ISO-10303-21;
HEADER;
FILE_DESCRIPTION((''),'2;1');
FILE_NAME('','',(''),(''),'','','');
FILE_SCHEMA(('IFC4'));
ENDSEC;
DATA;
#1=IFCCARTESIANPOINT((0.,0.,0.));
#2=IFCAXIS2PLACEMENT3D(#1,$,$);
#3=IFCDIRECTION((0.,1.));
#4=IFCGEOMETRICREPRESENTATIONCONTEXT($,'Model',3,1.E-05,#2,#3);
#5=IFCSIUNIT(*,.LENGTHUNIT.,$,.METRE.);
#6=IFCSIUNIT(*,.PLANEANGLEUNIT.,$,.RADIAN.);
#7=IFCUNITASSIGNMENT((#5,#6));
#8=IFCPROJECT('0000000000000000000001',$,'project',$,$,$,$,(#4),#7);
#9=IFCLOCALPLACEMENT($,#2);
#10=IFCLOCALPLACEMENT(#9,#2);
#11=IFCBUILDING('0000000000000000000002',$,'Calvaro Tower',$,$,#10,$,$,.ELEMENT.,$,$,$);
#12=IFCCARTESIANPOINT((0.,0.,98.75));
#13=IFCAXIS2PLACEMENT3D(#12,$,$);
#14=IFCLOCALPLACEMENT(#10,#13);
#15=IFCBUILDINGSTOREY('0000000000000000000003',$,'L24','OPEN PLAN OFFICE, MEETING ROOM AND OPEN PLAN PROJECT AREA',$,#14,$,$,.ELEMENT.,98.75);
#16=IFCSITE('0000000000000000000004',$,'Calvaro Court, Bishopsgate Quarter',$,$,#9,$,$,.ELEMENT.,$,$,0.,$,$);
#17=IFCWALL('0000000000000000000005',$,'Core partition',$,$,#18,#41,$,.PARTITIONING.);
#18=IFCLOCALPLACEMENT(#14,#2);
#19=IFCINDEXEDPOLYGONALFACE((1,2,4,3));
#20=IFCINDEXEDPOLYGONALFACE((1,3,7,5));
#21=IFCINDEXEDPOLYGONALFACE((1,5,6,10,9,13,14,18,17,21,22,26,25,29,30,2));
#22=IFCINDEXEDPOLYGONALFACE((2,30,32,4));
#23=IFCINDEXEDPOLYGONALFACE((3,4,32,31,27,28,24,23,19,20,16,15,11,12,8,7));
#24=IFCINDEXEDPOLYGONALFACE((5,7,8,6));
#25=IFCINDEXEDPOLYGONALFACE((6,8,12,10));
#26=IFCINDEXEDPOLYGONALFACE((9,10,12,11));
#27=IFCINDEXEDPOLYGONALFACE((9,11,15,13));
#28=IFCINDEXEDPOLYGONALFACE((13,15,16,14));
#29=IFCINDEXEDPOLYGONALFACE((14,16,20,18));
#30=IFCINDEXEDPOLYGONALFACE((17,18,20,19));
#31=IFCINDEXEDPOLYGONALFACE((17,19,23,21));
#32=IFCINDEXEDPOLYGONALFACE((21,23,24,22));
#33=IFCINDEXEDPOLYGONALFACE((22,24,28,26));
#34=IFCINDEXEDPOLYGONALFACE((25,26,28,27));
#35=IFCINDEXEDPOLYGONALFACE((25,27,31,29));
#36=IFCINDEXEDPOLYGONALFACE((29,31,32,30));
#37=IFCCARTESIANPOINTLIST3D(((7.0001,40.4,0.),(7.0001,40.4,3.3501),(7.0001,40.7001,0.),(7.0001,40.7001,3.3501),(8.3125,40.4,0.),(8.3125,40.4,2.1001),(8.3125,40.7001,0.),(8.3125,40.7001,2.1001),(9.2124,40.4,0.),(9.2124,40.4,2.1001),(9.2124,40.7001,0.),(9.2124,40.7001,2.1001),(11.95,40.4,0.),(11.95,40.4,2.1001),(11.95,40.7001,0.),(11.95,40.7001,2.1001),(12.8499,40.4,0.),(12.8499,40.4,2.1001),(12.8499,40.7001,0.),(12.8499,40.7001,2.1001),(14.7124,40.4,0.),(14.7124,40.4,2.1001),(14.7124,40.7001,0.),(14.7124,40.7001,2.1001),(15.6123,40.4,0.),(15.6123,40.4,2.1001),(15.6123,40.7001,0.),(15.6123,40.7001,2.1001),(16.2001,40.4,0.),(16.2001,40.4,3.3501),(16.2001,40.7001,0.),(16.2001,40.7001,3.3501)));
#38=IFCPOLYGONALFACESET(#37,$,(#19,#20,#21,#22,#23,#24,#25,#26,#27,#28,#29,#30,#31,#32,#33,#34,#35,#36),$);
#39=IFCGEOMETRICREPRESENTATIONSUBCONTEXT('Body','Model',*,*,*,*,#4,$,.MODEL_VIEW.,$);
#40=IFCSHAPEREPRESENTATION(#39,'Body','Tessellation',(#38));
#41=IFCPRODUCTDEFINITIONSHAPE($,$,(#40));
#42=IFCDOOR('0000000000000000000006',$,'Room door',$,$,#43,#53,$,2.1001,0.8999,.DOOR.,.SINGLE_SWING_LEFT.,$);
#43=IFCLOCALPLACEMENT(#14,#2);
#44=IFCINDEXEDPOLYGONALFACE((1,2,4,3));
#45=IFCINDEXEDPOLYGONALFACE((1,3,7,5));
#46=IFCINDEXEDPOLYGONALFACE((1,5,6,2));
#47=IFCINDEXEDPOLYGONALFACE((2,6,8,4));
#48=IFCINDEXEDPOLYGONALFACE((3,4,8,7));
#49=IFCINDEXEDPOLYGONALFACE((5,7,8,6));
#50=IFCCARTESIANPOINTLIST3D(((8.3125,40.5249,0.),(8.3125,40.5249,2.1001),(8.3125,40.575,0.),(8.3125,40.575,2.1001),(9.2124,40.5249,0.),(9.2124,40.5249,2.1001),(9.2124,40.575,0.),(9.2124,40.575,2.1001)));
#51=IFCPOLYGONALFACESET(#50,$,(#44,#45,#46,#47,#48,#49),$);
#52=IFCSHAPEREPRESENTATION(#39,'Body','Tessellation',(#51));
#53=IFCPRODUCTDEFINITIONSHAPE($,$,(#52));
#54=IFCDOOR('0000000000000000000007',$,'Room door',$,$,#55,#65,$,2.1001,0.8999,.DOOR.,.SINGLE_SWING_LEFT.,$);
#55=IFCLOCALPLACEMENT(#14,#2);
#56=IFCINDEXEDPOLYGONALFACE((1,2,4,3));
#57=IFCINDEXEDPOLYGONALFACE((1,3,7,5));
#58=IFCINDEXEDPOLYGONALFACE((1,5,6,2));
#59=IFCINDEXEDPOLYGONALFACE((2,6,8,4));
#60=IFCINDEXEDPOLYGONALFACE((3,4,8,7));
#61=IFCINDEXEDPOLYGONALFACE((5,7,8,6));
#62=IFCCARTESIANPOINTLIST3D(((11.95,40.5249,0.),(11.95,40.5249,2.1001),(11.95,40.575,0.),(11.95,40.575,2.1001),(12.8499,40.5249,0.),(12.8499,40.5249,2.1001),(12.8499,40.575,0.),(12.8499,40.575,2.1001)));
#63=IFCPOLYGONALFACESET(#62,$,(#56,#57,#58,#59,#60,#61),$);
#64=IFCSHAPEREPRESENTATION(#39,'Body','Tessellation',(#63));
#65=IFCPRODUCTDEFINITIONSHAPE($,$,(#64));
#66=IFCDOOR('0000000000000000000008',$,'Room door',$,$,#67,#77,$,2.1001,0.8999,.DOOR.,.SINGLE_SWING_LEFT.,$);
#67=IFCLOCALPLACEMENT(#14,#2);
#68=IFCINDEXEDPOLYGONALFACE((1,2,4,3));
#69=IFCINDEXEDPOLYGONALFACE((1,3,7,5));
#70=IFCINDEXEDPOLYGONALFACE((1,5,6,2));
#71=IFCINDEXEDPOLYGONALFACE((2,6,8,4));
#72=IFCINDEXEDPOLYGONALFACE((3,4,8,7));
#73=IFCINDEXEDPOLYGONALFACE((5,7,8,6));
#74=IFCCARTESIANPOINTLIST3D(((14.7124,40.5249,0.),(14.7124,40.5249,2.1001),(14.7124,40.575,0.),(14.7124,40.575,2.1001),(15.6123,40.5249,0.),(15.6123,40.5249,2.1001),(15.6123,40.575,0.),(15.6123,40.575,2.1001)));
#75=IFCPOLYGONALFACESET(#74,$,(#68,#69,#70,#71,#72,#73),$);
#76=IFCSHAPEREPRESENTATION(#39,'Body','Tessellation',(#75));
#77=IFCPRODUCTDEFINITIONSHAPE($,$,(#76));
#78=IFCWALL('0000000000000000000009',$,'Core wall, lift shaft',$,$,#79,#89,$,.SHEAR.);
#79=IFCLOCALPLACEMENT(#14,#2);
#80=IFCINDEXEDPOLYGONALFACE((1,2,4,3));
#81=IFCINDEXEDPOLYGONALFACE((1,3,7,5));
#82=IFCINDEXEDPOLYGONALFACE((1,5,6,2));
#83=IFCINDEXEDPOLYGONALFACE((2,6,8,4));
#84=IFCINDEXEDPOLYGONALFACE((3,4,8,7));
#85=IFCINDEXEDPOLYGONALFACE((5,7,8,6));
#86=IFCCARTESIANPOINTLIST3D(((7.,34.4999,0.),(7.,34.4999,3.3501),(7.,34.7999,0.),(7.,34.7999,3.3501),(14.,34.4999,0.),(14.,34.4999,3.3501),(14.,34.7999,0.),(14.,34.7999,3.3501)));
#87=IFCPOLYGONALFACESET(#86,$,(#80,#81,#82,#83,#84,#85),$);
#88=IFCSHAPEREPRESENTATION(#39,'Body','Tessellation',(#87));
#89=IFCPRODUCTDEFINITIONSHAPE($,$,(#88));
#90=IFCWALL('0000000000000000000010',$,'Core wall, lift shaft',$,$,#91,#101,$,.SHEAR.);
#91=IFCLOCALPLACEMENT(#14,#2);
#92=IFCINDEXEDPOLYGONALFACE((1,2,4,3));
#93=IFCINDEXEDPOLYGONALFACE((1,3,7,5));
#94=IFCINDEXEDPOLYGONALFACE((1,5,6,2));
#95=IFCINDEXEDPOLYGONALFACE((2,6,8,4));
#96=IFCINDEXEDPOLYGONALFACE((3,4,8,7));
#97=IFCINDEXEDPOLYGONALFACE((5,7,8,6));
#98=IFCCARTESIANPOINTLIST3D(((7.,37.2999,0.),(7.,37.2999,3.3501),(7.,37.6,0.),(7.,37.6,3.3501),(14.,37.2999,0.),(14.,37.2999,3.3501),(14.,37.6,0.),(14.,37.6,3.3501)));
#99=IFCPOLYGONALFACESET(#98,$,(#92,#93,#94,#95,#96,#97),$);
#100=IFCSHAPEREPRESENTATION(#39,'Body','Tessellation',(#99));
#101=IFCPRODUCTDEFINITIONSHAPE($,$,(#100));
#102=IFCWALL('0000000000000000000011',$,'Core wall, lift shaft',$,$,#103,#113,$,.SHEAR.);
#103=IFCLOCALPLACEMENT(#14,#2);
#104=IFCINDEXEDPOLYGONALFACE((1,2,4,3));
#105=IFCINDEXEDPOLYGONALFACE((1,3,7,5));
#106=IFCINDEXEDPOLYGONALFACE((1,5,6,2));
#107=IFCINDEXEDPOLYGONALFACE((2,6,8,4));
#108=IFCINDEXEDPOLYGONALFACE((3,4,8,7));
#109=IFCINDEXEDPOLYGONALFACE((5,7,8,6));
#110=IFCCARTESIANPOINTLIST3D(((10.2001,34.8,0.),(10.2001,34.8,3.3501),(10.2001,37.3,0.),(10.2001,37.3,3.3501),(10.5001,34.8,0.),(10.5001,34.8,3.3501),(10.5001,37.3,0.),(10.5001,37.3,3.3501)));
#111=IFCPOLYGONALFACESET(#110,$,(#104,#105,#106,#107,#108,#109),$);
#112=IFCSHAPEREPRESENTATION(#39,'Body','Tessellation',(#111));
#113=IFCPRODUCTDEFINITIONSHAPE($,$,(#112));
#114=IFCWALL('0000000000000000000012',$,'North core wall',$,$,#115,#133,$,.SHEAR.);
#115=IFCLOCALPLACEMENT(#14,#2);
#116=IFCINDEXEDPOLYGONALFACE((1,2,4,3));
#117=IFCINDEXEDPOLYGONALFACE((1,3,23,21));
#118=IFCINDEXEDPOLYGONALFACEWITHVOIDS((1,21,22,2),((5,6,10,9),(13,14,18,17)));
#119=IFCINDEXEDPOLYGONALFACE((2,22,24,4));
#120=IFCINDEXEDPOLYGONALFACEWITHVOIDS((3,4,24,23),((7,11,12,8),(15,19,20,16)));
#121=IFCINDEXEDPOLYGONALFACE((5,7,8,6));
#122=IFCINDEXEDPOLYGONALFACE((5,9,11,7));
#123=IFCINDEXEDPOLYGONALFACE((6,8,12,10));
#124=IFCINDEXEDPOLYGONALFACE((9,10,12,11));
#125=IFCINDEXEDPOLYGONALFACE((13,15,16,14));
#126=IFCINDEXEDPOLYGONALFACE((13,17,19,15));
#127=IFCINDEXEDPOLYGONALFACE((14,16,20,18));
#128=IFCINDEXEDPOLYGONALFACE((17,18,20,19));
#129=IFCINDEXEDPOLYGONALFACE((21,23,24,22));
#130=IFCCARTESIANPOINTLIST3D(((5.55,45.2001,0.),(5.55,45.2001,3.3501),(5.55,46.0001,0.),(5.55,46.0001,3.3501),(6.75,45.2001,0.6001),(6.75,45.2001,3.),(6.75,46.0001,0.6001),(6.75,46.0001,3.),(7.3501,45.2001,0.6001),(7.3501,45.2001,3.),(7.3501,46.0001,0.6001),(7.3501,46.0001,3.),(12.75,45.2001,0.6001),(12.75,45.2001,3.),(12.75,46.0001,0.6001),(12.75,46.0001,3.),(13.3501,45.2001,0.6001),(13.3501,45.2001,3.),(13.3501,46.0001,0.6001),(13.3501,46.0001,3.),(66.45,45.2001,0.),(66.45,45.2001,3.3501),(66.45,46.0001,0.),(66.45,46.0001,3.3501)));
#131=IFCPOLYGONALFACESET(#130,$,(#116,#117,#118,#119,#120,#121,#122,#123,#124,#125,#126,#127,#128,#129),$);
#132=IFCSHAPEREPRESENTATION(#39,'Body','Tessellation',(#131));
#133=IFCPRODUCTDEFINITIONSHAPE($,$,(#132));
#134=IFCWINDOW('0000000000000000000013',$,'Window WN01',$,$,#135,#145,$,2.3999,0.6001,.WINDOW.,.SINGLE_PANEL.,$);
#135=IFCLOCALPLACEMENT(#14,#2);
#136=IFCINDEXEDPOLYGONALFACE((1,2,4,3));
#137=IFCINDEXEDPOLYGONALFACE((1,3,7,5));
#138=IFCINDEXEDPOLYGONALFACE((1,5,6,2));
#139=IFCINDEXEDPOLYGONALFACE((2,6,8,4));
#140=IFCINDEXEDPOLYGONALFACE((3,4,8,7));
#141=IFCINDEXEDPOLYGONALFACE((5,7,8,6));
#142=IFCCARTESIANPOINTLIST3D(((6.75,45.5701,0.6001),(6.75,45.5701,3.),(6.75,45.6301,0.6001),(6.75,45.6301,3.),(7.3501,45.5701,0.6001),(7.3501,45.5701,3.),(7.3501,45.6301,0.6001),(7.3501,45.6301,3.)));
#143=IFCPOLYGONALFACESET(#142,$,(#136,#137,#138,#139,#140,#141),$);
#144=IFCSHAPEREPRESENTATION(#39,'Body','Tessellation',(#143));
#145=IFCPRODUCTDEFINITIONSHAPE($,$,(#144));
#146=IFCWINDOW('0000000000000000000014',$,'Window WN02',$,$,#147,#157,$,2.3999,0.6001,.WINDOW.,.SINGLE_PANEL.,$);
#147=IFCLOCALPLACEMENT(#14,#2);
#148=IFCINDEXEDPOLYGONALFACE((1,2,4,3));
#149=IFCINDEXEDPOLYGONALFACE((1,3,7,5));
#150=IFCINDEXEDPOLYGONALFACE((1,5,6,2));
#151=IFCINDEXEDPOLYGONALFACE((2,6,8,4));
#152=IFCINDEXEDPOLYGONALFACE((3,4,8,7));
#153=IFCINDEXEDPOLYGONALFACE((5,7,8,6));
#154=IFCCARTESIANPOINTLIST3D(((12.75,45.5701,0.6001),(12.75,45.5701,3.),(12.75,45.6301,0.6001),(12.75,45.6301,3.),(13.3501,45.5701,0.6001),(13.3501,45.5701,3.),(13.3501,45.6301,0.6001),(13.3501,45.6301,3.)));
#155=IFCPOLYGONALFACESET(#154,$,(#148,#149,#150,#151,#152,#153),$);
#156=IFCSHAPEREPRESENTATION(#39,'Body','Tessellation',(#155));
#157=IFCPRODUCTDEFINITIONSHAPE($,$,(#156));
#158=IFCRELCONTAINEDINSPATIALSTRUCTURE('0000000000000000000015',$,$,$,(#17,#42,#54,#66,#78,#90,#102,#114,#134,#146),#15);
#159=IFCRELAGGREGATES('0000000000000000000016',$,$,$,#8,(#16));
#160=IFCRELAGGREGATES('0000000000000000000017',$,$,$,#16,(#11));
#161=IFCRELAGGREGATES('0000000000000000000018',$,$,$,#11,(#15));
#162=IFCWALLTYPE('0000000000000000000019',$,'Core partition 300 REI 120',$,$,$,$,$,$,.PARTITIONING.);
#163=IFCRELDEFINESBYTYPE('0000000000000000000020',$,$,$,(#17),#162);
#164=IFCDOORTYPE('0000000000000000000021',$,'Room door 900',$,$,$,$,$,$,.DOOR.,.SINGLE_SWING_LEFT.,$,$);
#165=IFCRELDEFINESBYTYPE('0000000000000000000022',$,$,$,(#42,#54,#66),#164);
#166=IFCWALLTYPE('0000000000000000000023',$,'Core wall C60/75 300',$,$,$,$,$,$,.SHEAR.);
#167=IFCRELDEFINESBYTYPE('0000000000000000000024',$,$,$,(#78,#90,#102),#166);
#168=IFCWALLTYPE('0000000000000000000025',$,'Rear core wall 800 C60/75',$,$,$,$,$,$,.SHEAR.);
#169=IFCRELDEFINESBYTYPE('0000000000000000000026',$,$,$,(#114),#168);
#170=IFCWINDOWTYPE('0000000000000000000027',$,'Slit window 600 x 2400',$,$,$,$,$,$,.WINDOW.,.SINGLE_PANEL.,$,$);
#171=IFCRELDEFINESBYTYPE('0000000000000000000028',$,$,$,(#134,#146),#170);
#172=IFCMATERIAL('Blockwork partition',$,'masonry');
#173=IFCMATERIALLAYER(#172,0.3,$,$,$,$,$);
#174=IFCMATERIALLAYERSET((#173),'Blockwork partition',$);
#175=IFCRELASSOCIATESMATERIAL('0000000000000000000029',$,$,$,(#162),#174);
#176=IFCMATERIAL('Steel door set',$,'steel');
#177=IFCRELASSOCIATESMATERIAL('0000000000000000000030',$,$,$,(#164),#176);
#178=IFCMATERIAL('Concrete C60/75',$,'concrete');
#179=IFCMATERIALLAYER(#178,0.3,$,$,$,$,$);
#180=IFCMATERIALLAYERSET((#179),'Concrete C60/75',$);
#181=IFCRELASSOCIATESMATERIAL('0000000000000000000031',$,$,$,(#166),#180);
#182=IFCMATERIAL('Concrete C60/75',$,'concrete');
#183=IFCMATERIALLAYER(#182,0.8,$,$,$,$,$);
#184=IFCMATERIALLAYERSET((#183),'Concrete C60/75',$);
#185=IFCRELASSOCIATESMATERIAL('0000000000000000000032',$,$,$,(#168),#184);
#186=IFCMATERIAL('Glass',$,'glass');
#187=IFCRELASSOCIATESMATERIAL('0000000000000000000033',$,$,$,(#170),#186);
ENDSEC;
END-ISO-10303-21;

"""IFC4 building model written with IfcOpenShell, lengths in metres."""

from ifc_helpers import new_model, si_unit, direction, frame, frame_2d, origin, place, context, subcontext, project, spatial, rectangle, extrude, material, layer, layer_set, type_object, element, fill, save


model = new_model("IFC4")

# Units and contexts
model_context = context("Model", 3, precision=1e-05, world=origin(), true_north=direction((0.0, 1.0)))
body_context = subcontext(model_context, "Body", "Model", "MODEL_VIEW")
ifc_project = project(units=[si_unit("LENGTHUNIT", "METRE"), si_unit("PLANEANGLEUNIT", "RADIAN")], contexts=[model_context])

# Site, building, storey
site_placement = place(None, origin())
site = spatial("IfcSite", under=ifc_project, at=site_placement, Name="Calvaro Court, Bishopsgate Quarter", CompositionType="ELEMENT", RefElevation=0.0)
building_placement = place(site_placement, origin())
building = spatial("IfcBuilding", under=site, at=building_placement, Name="Calvaro Tower", CompositionType="ELEMENT")
storey_placement = place(building_placement, frame((0.0, 0.0, 98.75)))
storey = spatial("IfcBuildingStorey", under=building, at=storey_placement, Name="L24", Description="OPEN PLAN OFFICE, MEETING ROOM AND OPEN PLAN PROJECT AREA", CompositionType="ELEMENT", Elevation=98.75)

# Wall, openings, doors
ifc_material_1 = material(Name="Blockwork partition", Category="masonry")
ifc_layer_1 = layer(ifc_material_1, 0.3)
ifc_layer_set_1 = layer_set([ifc_layer_1], Name="Blockwork partition")
wall_type_1 = type_object("IfcWallType", Name="Core partition 300 REI 120", PredefinedType="PARTITIONING", material=ifc_layer_set_1)
wall_1_placement = place(storey_placement, frame((7.0, 40.55, 0.0), z_axis=(0.0, 0.0, 1.0), x_axis=(1.0, 0.0, 0.0)))
wall_1 = element("IfcWall", 1, at=wall_1_placement, inside=storey, type_object=wall_type_1, Name="Core partition", PredefinedType="PARTITIONING", context=body_context, shape_type="SweptSolid", body=[
    extrude(rectangle(XDim=9.2, YDim=0.3, at=frame_2d((4.6001, 0.0))), origin(), (0.0, 0.0, 1.0), 3.3501),
])
opening_1_placement = place(wall_1_placement, frame((1.3125, 0.0, 0.0)))
opening_1 = element("IfcOpeningElement", 2, at=opening_1_placement, cuts=wall_1, PredefinedType="OPENING", context=body_context, shape_type="SweptSolid", body=[
    extrude(rectangle(XDim=0.8999, YDim=2.1001, at=frame_2d((0.45, 1.05))), frame((0.0, 0.1599, 0.0), z_axis=(0.0, -1.0, 0.0), x_axis=(1.0, 0.0, 0.0)), (0.0, 0.0, 1.0), 0.3201),
])
opening_2_placement = place(wall_1_placement, frame((4.95, 0.0, 0.0)))
opening_2 = element("IfcOpeningElement", 3, at=opening_2_placement, cuts=wall_1, PredefinedType="OPENING", context=body_context, shape_type="SweptSolid", body=[
    extrude(rectangle(XDim=0.8999, YDim=2.1001, at=frame_2d((0.45, 1.05))), frame((0.0, 0.1599, 0.0), z_axis=(0.0, -1.0, 0.0), x_axis=(1.0, 0.0, 0.0)), (0.0, 0.0, 1.0), 0.3201),
])
opening_3_placement = place(wall_1_placement, frame((7.7124, 0.0, 0.0)))
opening_3 = element("IfcOpeningElement", 4, at=opening_3_placement, cuts=wall_1, PredefinedType="OPENING", context=body_context, shape_type="SweptSolid", body=[
    extrude(rectangle(XDim=0.8999, YDim=2.1001, at=frame_2d((0.45, 1.05))), frame((0.0, 0.1599, 0.0), z_axis=(0.0, -1.0, 0.0), x_axis=(1.0, 0.0, 0.0)), (0.0, 0.0, 1.0), 0.3201),
])
ifc_material_2 = material(Name="Steel door set", Category="steel")
door_type = type_object("IfcDoorType", Name="Room door 900", OperationType="SINGLE_SWING_LEFT", PredefinedType="DOOR", material=ifc_material_2)
door_1_placement = place(opening_1_placement, origin())
door_1 = element("IfcDoor", 5, at=door_1_placement, inside=storey, type_object=door_type, Name="Room door", OperationType="SINGLE_SWING_LEFT", OverallHeight=2.1001, OverallWidth=0.8999, PredefinedType="DOOR", context=body_context, shape_type="SweptSolid", body=[
    extrude(rectangle(XDim=0.8999, YDim=2.1001, at=frame_2d((0.45, 1.05))), frame((0.0, 0.0249, 0.0), z_axis=(0.0, -1.0, 0.0), x_axis=(1.0, 0.0, 0.0)), (0.0, 0.0, 1.0), 0.05),
])
fill(opening_1, door_1)
door_2_placement = place(opening_2_placement, origin())
door_2 = element("IfcDoor", 6, at=door_2_placement, inside=storey, type_object=door_type, Name="Room door", OperationType="SINGLE_SWING_LEFT", OverallHeight=2.1001, OverallWidth=0.8999, PredefinedType="DOOR", context=body_context, shape_type="SweptSolid", body=[
    extrude(rectangle(XDim=0.8999, YDim=2.1001, at=frame_2d((0.45, 1.05))), frame((0.0, 0.0249, 0.0), z_axis=(0.0, -1.0, 0.0), x_axis=(1.0, 0.0, 0.0)), (0.0, 0.0, 1.0), 0.05),
])
fill(opening_2, door_2)
door_3_placement = place(opening_3_placement, origin())
door_3 = element("IfcDoor", 7, at=door_3_placement, inside=storey, type_object=door_type, Name="Room door", OperationType="SINGLE_SWING_LEFT", OverallHeight=2.1001, OverallWidth=0.8999, PredefinedType="DOOR", context=body_context, shape_type="SweptSolid", body=[
    extrude(rectangle(XDim=0.8999, YDim=2.1001, at=frame_2d((0.45, 1.05))), frame((0.0, 0.0249, 0.0), z_axis=(0.0, -1.0, 0.0), x_axis=(1.0, 0.0, 0.0)), (0.0, 0.0, 1.0), 0.05),
])
fill(opening_3, door_3)

# Walls
ifc_material_3 = material(Name="Concrete C60/75", Category="concrete")
ifc_layer_2 = layer(ifc_material_3, 0.3)
ifc_layer_set_2 = layer_set([ifc_layer_2], Name="Concrete C60/75")
wall_type_2 = type_object("IfcWallType", Name="Core wall C60/75 300", PredefinedType="SHEAR", material=ifc_layer_set_2)
for number, where, z_axis, x_axis, name in (
    (8, (7.0, 34.6499, 0.0), (0.0, 0.0, 1.0), (1.0, 0.0, 0.0), "Core wall, lift shaft"),
    (9, (7.0, 37.45, 0.0), (0.0, 0.0, 1.0), (1.0, 0.0, 0.0), "Core wall, lift shaft"),
):
    element("IfcWall", number, at=place(storey_placement, frame(where, z_axis=z_axis, x_axis=x_axis)), inside=storey, type_object=wall_type_2, Name=name, PredefinedType="SHEAR", context=body_context, shape_type="SweptSolid", body=[
        extrude(rectangle(XDim=7.0, YDim=0.3, at=frame_2d((3.5, 0.0))), origin(), (0.0, 0.0, 1.0), 3.3501),
    ])
wall_2_placement = place(storey_placement, frame((10.3501, 34.8, 0.0), z_axis=(0.0, 0.0, 1.0), x_axis=(0.0, 1.0, 0.0)))
element("IfcWall", 10, at=wall_2_placement, inside=storey, type_object=wall_type_2, Name="Core wall, lift shaft", PredefinedType="SHEAR", context=body_context, shape_type="SweptSolid", body=[
    extrude(rectangle(XDim=2.5, YDim=0.3, at=frame_2d((1.25, 0.0))), origin(), (0.0, 0.0, 1.0), 3.3501),
])

# Wall, openings, windows
ifc_material_4 = material(Name="Concrete C60/75", Category="concrete")
ifc_layer_3 = layer(ifc_material_4, 0.8)
ifc_layer_set_3 = layer_set([ifc_layer_3], Name="Concrete C60/75")
wall_type_3 = type_object("IfcWallType", Name="Rear core wall 800 C60/75", PredefinedType="SHEAR", material=ifc_layer_set_3)
wall_3_placement = place(storey_placement, frame((5.55, 45.6001, 0.0), z_axis=(0.0, 0.0, 1.0), x_axis=(1.0, 0.0, 0.0)))
wall_3 = element("IfcWall", 11, at=wall_3_placement, inside=storey, type_object=wall_type_3, Name="North core wall", PredefinedType="SHEAR", context=body_context, shape_type="SweptSolid", body=[
    extrude(rectangle(XDim=60.8999, YDim=0.8, at=frame_2d((30.45, 0.0))), origin(), (0.0, 0.0, 1.0), 3.3501),
])
opening_4_placement = place(wall_3_placement, frame((1.2, 0.0, 0.6001)))
opening_4 = element("IfcOpeningElement", 12, at=opening_4_placement, cuts=wall_3, PredefinedType="OPENING", context=body_context, shape_type="SweptSolid", body=[
    extrude(rectangle(XDim=0.6001, YDim=2.3999, at=frame_2d((0.3, 1.2))), frame((0.0, 0.4099, 0.0), z_axis=(0.0, -1.0, 0.0), x_axis=(1.0, 0.0, 0.0)), (0.0, 0.0, 1.0), 0.8201),
])
opening_5_placement = place(wall_3_placement, frame((7.2, 0.0, 0.6001)))
opening_5 = element("IfcOpeningElement", 13, at=opening_5_placement, cuts=wall_3, PredefinedType="OPENING", context=body_context, shape_type="SweptSolid", body=[
    extrude(rectangle(XDim=0.6001, YDim=2.3999, at=frame_2d((0.3, 1.2))), frame((0.0, 0.4099, 0.0), z_axis=(0.0, -1.0, 0.0), x_axis=(1.0, 0.0, 0.0)), (0.0, 0.0, 1.0), 0.8201),
])
ifc_material_5 = material(Name="Glass", Category="glass")
window_type = type_object("IfcWindowType", Name="Slit window 600 x 2400", PartitioningType="SINGLE_PANEL", PredefinedType="WINDOW", material=ifc_material_5)
window_1_placement = place(opening_4_placement, origin())
window_1 = element("IfcWindow", 14, at=window_1_placement, inside=storey, type_object=window_type, Name="Window WN01", OverallHeight=2.3999, OverallWidth=0.6001, PartitioningType="SINGLE_PANEL", PredefinedType="WINDOW", context=body_context, shape_type="SweptSolid", body=[
    extrude(rectangle(XDim=0.6001, YDim=2.3999, at=frame_2d((0.3, 1.2))), frame((0.0, 0.03, 0.0), z_axis=(0.0, -1.0, 0.0), x_axis=(1.0, 0.0, 0.0)), (0.0, 0.0, 1.0), 0.0601),
])
fill(opening_4, window_1)
window_2_placement = place(opening_5_placement, origin())
window_2 = element("IfcWindow", 15, at=window_2_placement, inside=storey, type_object=window_type, Name="Window WN02", OverallHeight=2.3999, OverallWidth=0.6001, PartitioningType="SINGLE_PANEL", PredefinedType="WINDOW", context=body_context, shape_type="SweptSolid", body=[
    extrude(rectangle(XDim=0.6001, YDim=2.3999, at=frame_2d((0.3, 1.2))), frame((0.0, 0.03, 0.0), z_axis=(0.0, -1.0, 0.0), x_axis=(1.0, 0.0, 0.0)), (0.0, 0.0, 1.0), 0.0601),
])
fill(opening_5, window_2)

save(model, "model.ifc")
